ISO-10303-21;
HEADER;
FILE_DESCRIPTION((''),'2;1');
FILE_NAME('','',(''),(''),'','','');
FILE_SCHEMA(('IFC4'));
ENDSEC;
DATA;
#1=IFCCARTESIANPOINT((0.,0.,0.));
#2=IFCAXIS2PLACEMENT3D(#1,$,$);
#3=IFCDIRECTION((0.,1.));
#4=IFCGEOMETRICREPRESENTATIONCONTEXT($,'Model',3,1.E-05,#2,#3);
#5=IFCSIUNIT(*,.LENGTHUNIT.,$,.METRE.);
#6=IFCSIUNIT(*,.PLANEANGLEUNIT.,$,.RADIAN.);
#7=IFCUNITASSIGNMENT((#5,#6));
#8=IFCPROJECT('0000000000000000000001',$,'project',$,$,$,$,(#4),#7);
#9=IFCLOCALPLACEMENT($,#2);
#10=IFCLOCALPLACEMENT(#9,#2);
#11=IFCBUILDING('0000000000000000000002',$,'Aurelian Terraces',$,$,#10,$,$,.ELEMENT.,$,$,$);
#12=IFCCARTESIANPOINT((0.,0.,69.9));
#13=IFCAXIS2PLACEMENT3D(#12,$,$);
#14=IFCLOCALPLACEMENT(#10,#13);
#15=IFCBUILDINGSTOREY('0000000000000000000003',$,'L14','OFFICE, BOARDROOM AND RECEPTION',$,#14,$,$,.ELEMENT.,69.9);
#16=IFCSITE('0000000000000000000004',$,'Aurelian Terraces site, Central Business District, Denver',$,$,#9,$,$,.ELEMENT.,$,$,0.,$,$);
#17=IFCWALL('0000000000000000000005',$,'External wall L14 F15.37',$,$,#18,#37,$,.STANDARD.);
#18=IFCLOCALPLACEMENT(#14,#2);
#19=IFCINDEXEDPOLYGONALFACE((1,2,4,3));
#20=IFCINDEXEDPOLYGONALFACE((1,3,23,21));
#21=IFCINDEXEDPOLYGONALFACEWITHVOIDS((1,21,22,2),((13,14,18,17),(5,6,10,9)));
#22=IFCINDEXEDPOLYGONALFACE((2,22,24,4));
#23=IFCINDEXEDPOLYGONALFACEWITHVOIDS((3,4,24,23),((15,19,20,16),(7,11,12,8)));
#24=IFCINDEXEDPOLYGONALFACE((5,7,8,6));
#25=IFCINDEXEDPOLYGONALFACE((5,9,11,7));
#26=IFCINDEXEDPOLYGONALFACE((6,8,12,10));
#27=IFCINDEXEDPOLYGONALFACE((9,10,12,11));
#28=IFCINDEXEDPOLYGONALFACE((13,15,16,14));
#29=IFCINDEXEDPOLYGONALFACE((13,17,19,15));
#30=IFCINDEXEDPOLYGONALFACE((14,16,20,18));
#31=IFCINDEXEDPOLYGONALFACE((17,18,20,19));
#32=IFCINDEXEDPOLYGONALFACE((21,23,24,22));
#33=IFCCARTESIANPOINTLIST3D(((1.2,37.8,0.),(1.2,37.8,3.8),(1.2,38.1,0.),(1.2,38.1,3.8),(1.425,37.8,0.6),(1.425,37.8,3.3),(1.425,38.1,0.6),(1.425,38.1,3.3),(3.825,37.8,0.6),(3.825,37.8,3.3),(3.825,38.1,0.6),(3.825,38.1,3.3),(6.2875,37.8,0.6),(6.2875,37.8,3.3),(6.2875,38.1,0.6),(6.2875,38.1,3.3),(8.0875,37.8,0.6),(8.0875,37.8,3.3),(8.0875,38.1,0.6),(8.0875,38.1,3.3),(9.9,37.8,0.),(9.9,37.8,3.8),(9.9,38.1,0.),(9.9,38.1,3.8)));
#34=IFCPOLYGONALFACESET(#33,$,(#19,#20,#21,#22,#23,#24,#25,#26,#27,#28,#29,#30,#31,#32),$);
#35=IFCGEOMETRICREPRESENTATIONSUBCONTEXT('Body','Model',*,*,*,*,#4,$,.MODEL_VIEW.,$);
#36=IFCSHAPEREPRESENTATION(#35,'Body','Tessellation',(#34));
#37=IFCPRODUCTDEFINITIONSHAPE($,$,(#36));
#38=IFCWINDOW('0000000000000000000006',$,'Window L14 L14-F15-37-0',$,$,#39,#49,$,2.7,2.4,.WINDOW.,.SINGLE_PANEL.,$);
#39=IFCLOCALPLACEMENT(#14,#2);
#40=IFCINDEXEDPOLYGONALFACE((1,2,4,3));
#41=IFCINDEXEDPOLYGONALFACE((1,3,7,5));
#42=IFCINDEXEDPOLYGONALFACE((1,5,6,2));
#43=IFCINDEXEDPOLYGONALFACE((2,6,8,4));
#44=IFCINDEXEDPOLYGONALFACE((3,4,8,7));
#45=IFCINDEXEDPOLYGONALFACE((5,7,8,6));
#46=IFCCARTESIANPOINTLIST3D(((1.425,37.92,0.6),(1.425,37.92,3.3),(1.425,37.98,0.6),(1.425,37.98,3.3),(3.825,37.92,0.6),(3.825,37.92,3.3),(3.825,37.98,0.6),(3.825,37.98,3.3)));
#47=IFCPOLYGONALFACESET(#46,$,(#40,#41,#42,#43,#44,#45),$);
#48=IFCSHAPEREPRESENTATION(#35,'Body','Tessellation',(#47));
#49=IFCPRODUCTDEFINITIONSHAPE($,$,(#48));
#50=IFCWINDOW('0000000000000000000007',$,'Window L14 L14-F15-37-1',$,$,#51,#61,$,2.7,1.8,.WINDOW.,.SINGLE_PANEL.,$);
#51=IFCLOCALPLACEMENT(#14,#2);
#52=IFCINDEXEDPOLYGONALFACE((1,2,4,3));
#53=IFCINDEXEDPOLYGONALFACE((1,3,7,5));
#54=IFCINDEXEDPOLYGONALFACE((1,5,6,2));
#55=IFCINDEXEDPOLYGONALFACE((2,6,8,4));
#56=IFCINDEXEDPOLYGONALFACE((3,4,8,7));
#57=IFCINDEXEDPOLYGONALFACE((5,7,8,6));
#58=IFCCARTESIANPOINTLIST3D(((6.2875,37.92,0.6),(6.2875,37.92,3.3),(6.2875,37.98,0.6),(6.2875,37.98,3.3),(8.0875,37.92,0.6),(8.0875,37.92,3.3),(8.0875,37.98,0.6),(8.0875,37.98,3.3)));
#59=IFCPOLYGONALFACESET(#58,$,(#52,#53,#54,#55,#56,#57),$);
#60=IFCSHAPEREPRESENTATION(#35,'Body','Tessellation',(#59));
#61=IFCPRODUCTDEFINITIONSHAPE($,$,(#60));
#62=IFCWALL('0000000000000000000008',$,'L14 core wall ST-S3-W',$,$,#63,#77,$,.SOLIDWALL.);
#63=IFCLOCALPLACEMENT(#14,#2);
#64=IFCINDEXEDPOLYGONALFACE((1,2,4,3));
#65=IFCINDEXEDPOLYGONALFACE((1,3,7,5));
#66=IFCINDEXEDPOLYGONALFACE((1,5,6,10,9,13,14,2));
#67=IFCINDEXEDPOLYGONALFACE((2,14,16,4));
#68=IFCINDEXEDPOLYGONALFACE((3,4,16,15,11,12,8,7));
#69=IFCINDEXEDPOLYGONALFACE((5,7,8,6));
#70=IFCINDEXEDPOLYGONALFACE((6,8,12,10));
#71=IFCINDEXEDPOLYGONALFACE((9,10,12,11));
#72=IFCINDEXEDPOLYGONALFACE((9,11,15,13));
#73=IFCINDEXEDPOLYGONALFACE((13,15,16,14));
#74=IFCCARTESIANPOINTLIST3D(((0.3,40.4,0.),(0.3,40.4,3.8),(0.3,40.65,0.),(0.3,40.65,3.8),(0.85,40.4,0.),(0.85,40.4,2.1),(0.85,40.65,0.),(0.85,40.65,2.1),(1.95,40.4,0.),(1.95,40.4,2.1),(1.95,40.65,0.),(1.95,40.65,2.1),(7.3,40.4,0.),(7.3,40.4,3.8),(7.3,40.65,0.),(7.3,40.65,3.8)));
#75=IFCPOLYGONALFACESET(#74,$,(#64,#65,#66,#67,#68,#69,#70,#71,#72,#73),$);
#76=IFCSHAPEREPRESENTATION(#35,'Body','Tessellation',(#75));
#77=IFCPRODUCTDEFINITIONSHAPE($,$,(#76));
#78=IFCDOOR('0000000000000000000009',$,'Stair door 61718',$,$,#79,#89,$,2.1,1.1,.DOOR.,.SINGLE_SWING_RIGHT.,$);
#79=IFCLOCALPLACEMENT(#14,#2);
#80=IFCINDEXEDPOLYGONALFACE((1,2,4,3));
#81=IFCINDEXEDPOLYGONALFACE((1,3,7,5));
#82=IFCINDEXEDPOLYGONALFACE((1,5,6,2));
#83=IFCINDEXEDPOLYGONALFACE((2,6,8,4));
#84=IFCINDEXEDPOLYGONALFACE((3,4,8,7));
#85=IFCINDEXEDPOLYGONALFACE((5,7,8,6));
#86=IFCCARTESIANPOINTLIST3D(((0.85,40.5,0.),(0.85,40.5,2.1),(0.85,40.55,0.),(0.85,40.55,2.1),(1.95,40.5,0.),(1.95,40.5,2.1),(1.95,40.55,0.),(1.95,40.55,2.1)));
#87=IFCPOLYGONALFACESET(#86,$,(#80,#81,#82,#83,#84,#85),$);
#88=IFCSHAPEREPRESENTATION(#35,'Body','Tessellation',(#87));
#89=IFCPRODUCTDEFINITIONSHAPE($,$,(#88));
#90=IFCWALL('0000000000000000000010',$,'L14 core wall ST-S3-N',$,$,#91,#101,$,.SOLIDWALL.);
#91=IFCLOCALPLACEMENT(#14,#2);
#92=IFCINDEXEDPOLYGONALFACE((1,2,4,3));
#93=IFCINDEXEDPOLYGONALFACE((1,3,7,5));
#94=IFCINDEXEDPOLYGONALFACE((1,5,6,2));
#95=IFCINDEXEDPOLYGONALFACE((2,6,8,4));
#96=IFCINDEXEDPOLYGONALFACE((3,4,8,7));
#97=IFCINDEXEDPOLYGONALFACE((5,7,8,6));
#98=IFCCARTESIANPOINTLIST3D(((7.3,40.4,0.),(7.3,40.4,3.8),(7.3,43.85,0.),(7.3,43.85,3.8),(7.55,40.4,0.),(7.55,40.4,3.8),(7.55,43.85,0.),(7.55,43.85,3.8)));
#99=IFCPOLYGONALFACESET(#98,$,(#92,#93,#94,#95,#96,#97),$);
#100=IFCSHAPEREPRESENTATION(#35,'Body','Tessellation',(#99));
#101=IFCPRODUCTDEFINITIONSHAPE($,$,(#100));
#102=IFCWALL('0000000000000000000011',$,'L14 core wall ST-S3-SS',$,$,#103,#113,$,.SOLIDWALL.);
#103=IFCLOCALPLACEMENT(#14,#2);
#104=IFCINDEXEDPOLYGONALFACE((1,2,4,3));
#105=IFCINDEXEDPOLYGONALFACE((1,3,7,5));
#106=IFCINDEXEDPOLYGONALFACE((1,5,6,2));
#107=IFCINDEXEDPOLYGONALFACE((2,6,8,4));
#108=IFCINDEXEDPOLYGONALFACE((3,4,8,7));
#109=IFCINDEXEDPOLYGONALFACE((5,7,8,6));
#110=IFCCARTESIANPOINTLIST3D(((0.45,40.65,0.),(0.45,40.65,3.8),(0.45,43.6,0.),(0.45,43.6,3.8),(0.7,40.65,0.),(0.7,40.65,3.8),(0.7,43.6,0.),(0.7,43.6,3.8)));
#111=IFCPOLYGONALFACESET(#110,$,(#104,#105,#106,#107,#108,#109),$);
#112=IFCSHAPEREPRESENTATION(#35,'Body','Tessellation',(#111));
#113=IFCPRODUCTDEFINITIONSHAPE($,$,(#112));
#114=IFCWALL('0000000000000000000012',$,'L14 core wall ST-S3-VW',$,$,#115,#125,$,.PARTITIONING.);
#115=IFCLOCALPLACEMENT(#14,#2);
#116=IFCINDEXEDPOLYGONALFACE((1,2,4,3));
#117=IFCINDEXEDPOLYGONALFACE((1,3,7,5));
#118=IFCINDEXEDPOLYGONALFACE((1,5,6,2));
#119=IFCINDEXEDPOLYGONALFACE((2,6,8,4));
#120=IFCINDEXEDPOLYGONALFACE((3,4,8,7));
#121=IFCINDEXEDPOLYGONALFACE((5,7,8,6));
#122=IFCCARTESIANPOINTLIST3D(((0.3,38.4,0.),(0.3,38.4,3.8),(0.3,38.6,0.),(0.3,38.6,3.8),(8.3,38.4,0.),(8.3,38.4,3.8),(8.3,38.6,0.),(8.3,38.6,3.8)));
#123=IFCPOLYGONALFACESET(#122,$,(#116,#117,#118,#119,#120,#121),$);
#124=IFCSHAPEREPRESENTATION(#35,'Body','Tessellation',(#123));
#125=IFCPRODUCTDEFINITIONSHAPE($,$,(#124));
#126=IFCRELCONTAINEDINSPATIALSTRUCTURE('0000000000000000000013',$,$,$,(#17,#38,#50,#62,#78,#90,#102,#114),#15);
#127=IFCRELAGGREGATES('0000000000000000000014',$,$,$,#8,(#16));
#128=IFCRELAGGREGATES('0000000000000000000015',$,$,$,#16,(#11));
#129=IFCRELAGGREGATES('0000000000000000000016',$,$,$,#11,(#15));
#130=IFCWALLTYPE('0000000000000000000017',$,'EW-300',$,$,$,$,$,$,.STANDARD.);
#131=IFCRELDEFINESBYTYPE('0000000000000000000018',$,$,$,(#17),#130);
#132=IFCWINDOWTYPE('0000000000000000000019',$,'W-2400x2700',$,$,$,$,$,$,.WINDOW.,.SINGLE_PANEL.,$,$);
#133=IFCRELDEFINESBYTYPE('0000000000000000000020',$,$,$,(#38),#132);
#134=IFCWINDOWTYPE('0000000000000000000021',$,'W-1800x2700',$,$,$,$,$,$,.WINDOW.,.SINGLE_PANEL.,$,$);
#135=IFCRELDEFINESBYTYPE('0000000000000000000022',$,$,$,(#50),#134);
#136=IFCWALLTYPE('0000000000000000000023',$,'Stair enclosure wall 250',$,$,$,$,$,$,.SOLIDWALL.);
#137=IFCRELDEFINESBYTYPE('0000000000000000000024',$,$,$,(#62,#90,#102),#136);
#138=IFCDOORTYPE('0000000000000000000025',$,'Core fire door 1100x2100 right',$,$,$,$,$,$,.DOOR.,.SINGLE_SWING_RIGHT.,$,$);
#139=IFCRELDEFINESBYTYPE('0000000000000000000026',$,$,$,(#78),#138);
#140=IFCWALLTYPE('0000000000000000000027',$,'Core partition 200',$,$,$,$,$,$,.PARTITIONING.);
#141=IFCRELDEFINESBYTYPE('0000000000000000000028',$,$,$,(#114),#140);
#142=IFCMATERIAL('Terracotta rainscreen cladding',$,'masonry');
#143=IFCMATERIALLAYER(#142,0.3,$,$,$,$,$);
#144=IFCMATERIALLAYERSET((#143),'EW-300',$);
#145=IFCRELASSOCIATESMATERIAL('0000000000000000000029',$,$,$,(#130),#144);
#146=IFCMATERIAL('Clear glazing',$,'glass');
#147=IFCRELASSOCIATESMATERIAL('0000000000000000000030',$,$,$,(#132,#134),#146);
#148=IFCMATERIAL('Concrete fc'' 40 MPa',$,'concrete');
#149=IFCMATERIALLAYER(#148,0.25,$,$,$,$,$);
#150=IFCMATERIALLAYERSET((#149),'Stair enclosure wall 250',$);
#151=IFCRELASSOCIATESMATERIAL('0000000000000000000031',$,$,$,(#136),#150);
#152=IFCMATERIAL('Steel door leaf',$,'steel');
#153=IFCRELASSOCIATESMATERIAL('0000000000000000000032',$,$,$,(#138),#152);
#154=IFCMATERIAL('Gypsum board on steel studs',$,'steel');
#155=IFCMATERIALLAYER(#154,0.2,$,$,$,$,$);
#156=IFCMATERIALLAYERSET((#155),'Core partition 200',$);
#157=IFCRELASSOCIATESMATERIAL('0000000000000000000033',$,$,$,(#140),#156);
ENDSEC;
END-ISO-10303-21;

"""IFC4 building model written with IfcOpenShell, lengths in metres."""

from ifc_helpers import new_model, si_unit, direction, frame, frame_2d, origin, place, context, subcontext, project, spatial, rectangle, extrude, source, transform, mapped, material, layer, layer_set, type_object, element, fill, save


model = new_model("IFC4")

# Units and contexts
model_context = context("Model", 3, precision=1e-05, world=origin(), true_north=direction((0.0, 1.0)))
body_context = subcontext(model_context, "Body", "Model", "MODEL_VIEW")
ifc_project = project(units=[si_unit("LENGTHUNIT", "METRE"), si_unit("PLANEANGLEUNIT", "RADIAN")], contexts=[model_context])

# Site, building, storey
site_placement = place(None, origin())
site = spatial("IfcSite", under=ifc_project, at=site_placement, Name="Aurelian Terraces site, Central Business District, Denver", CompositionType="ELEMENT", RefElevation=0.0)
building_placement = place(site_placement, origin())
building = spatial("IfcBuilding", under=site, at=building_placement, Name="Aurelian Terraces", CompositionType="ELEMENT")
storey_placement = place(building_placement, frame((0.0, 0.0, 69.9)))
storey = spatial("IfcBuildingStorey", under=building, at=storey_placement, Name="L14", Description="OFFICE, BOARDROOM AND RECEPTION", CompositionType="ELEMENT", Elevation=69.9)

# Shared definitions
ifc_material_1 = material(Name="Terracotta rainscreen cladding", Category="masonry")
ifc_layer_1 = layer(ifc_material_1, 0.3)
ifc_layer_set_1 = layer_set([ifc_layer_1], Name="EW-300")
wall_type_1 = type_object("IfcWallType", Name="EW-300", PredefinedType="STANDARD", material=ifc_layer_set_1)
ifc_material_2 = material(Name="Clear glazing", Category="glass")

# Wall, openings, windows
shared_shape_1 = source(origin(), body_context, "Body", "SweptSolid", [
    extrude(rectangle(XDim=8.7, YDim=0.3, at=frame_2d((4.35, 0.0))), origin(), (0.0, 0.0, 1.0), 3.8),
])
wall_1_placement = place(storey_placement, frame((1.2, 37.95, 0.0), z_axis=(0.0, 0.0, 1.0), x_axis=(1.0, 0.0, 0.0)))
wall_1 = element("IfcWall", 1, at=wall_1_placement, inside=storey, type_object=wall_type_1, Name="External wall L14 F15.37", PredefinedType="STANDARD", context=body_context, shape_type="MappedRepresentation", body=[
    mapped(shared_shape_1, transform((0.0, 0.0, 0.0), scale=1.0)),
])
shared_shape_2 = source(origin(), body_context, "Body", "SweptSolid", [
    extrude(rectangle(XDim=2.4, YDim=2.7, at=frame_2d((1.2, 1.35))), frame((0.0, 0.16, 0.0), z_axis=(0.0, -1.0, 0.0), x_axis=(1.0, 0.0, 0.0)), (0.0, 0.0, 1.0), 0.32),
])
opening_1_placement = place(wall_1_placement, frame((0.225, 0.0, 0.6)))
opening_1 = element("IfcOpeningElement", 2, at=opening_1_placement, cuts=wall_1, PredefinedType="OPENING", context=body_context, shape_type="MappedRepresentation", body=[
    mapped(shared_shape_2, transform((0.0, 0.0, 0.0), scale=1.0)),
])
shared_shape_3 = source(origin(), body_context, "Body", "SweptSolid", [
    extrude(rectangle(XDim=1.8, YDim=2.7, at=frame_2d((0.9, 1.35))), frame((0.0, 0.16, 0.0), z_axis=(0.0, -1.0, 0.0), x_axis=(1.0, 0.0, 0.0)), (0.0, 0.0, 1.0), 0.32),
])
opening_2_placement = place(wall_1_placement, frame((5.0875, 0.0, 0.6)))
opening_2 = element("IfcOpeningElement", 3, at=opening_2_placement, cuts=wall_1, PredefinedType="OPENING", context=body_context, shape_type="MappedRepresentation", body=[
    mapped(shared_shape_3, transform((0.0, 0.0, 0.0), scale=1.0)),
])
window_type_1 = type_object("IfcWindowType", Name="W-2400x2700", PartitioningType="SINGLE_PANEL", PredefinedType="WINDOW", material=ifc_material_2)
shared_shape_4 = source(origin(), body_context, "Body", "SweptSolid", [
    extrude(rectangle(XDim=2.4, YDim=2.7, at=frame_2d((1.2, 1.35))), frame((0.0, 0.03, 0.0), z_axis=(0.0, -1.0, 0.0), x_axis=(1.0, 0.0, 0.0)), (0.0, 0.0, 1.0), 0.06),
])
window_1_placement = place(opening_1_placement, origin())
window_1 = element("IfcWindow", 4, at=window_1_placement, inside=storey, type_object=window_type_1, Name="Window L14 L14-F15-37-0", OverallHeight=2.7, OverallWidth=2.4, PartitioningType="SINGLE_PANEL", PredefinedType="WINDOW", context=body_context, shape_type="MappedRepresentation", body=[
    mapped(shared_shape_4, transform((0.0, 0.0, 0.0), scale=1.0)),
])
fill(opening_1, window_1)
window_type_2 = type_object("IfcWindowType", Name="W-1800x2700", PartitioningType="SINGLE_PANEL", PredefinedType="WINDOW", material=ifc_material_2)
shared_shape_5 = source(origin(), body_context, "Body", "SweptSolid", [
    extrude(rectangle(XDim=1.8, YDim=2.7, at=frame_2d((0.9, 1.35))), frame((0.0, 0.03, 0.0), z_axis=(0.0, -1.0, 0.0), x_axis=(1.0, 0.0, 0.0)), (0.0, 0.0, 1.0), 0.06),
])
window_2_placement = place(opening_2_placement, origin())
window_2 = element("IfcWindow", 5, at=window_2_placement, inside=storey, type_object=window_type_2, Name="Window L14 L14-F15-37-1", OverallHeight=2.7, OverallWidth=1.8, PartitioningType="SINGLE_PANEL", PredefinedType="WINDOW", context=body_context, shape_type="MappedRepresentation", body=[
    mapped(shared_shape_5, transform((0.0, 0.0, 0.0), scale=1.0)),
])
fill(opening_2, window_2)

# Wall, opening, door
ifc_material_3 = material(Name="Concrete fc' 40 MPa", Category="concrete")
ifc_layer_2 = layer(ifc_material_3, 0.25)
ifc_layer_set_2 = layer_set([ifc_layer_2], Name="Stair enclosure wall 250")
wall_type_2 = type_object("IfcWallType", Name="Stair enclosure wall 250", PredefinedType="SOLIDWALL", material=ifc_layer_set_2)
shared_shape_6 = source(origin(), body_context, "Body", "SweptSolid", [
    extrude(rectangle(XDim=7.0, YDim=0.25, at=frame_2d((3.5, 0.0))), origin(), (0.0, 0.0, 1.0), 3.8),
])
wall_2_placement = place(storey_placement, frame((0.3, 40.525, 0.0), z_axis=(0.0, 0.0, 1.0), x_axis=(1.0, 0.0, 0.0)))
wall_2 = element("IfcWall", 6, at=wall_2_placement, inside=storey, type_object=wall_type_2, Name="L14 core wall ST-S3-W", PredefinedType="SOLIDWALL", context=body_context, shape_type="MappedRepresentation", body=[
    mapped(shared_shape_6, transform((0.0, 0.0, 0.0), scale=1.0)),
])
shared_shape_7 = source(origin(), body_context, "Body", "SweptSolid", [
    extrude(rectangle(XDim=1.1, YDim=2.1, at=frame_2d((0.55, 1.05))), frame((0.0, 0.135, 0.0), z_axis=(0.0, -1.0, 0.0), x_axis=(1.0, 0.0, 0.0)), (0.0, 0.0, 1.0), 0.27),
])
opening_3_placement = place(wall_2_placement, frame((0.55, 0.0, 0.0)))
opening_3 = element("IfcOpeningElement", 7, at=opening_3_placement, cuts=wall_2, PredefinedType="OPENING", context=body_context, shape_type="MappedRepresentation", body=[
    mapped(shared_shape_7, transform((0.0, 0.0, 0.0), scale=1.0)),
])
ifc_material_4 = material(Name="Steel door leaf", Category="steel")
door_type_1 = type_object("IfcDoorType", Name="Core fire door 1100x2100 right", OperationType="SINGLE_SWING_RIGHT", PredefinedType="DOOR", material=ifc_material_4)
shared_shape_8 = source(origin(), body_context, "Body", "SweptSolid", [
    extrude(rectangle(XDim=1.1, YDim=2.1, at=frame_2d((0.55, 1.05))), frame((0.0, 0.025, 0.0), z_axis=(0.0, -1.0, 0.0), x_axis=(1.0, 0.0, 0.0)), (0.0, 0.0, 1.0), 0.05),
])
door_1_placement = place(opening_3_placement, origin())
door_1 = element("IfcDoor", 8, at=door_1_placement, inside=storey, type_object=door_type_1, Name="Stair door 61718", OperationType="SINGLE_SWING_RIGHT", OverallHeight=2.1, OverallWidth=1.1, PredefinedType="DOOR", context=body_context, shape_type="MappedRepresentation", body=[
    mapped(shared_shape_8, transform((0.0, 0.0, 0.0), scale=1.0)),
])
fill(opening_3, door_1)

# Walls
shared_shape_9 = source(origin(), body_context, "Body", "SweptSolid", [
    extrude(rectangle(XDim=3.45, YDim=0.25, at=frame_2d((1.725, 0.0))), origin(), (0.0, 0.0, 1.0), 3.8),
])
wall_3_placement = place(storey_placement, frame((7.425, 40.4, 0.0), z_axis=(0.0, 0.0, 1.0), x_axis=(0.0, 1.0, 0.0)))
element("IfcWall", 9, at=wall_3_placement, inside=storey, type_object=wall_type_2, Name="L14 core wall ST-S3-N", PredefinedType="SOLIDWALL", context=body_context, shape_type="MappedRepresentation", body=[
    mapped(shared_shape_9, transform((0.0, 0.0, 0.0), scale=1.0)),
])
shared_shape_10 = source(origin(), body_context, "Body", "SweptSolid", [
    extrude(rectangle(XDim=2.95, YDim=0.25, at=frame_2d((1.475, 0.0))), origin(), (0.0, 0.0, 1.0), 3.8),
])
wall_4_placement = place(storey_placement, frame((0.575, 40.65, 0.0), z_axis=(0.0, 0.0, 1.0), x_axis=(0.0, 1.0, 0.0)))
element("IfcWall", 10, at=wall_4_placement, inside=storey, type_object=wall_type_2, Name="L14 core wall ST-S3-SS", PredefinedType="SOLIDWALL", context=body_context, shape_type="MappedRepresentation", body=[
    mapped(shared_shape_10, transform((0.0, 0.0, 0.0), scale=1.0)),
])
ifc_material_5 = material(Name="Gypsum board on steel studs", Category="steel")
ifc_layer_3 = layer(ifc_material_5, 0.2)
ifc_layer_set_3 = layer_set([ifc_layer_3], Name="Core partition 200")
wall_type_3 = type_object("IfcWallType", Name="Core partition 200", PredefinedType="PARTITIONING", material=ifc_layer_set_3)
shared_shape_11 = source(origin(), body_context, "Body", "SweptSolid", [
    extrude(rectangle(XDim=8.0, YDim=0.2, at=frame_2d((4.0, 0.0))), origin(), (0.0, 0.0, 1.0), 3.8),
])
wall_5_placement = place(storey_placement, frame((0.3, 38.5, 0.0), z_axis=(0.0, 0.0, 1.0), x_axis=(1.0, 0.0, 0.0)))
element("IfcWall", 11, at=wall_5_placement, inside=storey, type_object=wall_type_3, Name="L14 core wall ST-S3-VW", PredefinedType="PARTITIONING", context=body_context, shape_type="MappedRepresentation", body=[
    mapped(shared_shape_11, transform((0.0, 0.0, 0.0), scale=1.0)),
])

save(model, "model.ifc")
